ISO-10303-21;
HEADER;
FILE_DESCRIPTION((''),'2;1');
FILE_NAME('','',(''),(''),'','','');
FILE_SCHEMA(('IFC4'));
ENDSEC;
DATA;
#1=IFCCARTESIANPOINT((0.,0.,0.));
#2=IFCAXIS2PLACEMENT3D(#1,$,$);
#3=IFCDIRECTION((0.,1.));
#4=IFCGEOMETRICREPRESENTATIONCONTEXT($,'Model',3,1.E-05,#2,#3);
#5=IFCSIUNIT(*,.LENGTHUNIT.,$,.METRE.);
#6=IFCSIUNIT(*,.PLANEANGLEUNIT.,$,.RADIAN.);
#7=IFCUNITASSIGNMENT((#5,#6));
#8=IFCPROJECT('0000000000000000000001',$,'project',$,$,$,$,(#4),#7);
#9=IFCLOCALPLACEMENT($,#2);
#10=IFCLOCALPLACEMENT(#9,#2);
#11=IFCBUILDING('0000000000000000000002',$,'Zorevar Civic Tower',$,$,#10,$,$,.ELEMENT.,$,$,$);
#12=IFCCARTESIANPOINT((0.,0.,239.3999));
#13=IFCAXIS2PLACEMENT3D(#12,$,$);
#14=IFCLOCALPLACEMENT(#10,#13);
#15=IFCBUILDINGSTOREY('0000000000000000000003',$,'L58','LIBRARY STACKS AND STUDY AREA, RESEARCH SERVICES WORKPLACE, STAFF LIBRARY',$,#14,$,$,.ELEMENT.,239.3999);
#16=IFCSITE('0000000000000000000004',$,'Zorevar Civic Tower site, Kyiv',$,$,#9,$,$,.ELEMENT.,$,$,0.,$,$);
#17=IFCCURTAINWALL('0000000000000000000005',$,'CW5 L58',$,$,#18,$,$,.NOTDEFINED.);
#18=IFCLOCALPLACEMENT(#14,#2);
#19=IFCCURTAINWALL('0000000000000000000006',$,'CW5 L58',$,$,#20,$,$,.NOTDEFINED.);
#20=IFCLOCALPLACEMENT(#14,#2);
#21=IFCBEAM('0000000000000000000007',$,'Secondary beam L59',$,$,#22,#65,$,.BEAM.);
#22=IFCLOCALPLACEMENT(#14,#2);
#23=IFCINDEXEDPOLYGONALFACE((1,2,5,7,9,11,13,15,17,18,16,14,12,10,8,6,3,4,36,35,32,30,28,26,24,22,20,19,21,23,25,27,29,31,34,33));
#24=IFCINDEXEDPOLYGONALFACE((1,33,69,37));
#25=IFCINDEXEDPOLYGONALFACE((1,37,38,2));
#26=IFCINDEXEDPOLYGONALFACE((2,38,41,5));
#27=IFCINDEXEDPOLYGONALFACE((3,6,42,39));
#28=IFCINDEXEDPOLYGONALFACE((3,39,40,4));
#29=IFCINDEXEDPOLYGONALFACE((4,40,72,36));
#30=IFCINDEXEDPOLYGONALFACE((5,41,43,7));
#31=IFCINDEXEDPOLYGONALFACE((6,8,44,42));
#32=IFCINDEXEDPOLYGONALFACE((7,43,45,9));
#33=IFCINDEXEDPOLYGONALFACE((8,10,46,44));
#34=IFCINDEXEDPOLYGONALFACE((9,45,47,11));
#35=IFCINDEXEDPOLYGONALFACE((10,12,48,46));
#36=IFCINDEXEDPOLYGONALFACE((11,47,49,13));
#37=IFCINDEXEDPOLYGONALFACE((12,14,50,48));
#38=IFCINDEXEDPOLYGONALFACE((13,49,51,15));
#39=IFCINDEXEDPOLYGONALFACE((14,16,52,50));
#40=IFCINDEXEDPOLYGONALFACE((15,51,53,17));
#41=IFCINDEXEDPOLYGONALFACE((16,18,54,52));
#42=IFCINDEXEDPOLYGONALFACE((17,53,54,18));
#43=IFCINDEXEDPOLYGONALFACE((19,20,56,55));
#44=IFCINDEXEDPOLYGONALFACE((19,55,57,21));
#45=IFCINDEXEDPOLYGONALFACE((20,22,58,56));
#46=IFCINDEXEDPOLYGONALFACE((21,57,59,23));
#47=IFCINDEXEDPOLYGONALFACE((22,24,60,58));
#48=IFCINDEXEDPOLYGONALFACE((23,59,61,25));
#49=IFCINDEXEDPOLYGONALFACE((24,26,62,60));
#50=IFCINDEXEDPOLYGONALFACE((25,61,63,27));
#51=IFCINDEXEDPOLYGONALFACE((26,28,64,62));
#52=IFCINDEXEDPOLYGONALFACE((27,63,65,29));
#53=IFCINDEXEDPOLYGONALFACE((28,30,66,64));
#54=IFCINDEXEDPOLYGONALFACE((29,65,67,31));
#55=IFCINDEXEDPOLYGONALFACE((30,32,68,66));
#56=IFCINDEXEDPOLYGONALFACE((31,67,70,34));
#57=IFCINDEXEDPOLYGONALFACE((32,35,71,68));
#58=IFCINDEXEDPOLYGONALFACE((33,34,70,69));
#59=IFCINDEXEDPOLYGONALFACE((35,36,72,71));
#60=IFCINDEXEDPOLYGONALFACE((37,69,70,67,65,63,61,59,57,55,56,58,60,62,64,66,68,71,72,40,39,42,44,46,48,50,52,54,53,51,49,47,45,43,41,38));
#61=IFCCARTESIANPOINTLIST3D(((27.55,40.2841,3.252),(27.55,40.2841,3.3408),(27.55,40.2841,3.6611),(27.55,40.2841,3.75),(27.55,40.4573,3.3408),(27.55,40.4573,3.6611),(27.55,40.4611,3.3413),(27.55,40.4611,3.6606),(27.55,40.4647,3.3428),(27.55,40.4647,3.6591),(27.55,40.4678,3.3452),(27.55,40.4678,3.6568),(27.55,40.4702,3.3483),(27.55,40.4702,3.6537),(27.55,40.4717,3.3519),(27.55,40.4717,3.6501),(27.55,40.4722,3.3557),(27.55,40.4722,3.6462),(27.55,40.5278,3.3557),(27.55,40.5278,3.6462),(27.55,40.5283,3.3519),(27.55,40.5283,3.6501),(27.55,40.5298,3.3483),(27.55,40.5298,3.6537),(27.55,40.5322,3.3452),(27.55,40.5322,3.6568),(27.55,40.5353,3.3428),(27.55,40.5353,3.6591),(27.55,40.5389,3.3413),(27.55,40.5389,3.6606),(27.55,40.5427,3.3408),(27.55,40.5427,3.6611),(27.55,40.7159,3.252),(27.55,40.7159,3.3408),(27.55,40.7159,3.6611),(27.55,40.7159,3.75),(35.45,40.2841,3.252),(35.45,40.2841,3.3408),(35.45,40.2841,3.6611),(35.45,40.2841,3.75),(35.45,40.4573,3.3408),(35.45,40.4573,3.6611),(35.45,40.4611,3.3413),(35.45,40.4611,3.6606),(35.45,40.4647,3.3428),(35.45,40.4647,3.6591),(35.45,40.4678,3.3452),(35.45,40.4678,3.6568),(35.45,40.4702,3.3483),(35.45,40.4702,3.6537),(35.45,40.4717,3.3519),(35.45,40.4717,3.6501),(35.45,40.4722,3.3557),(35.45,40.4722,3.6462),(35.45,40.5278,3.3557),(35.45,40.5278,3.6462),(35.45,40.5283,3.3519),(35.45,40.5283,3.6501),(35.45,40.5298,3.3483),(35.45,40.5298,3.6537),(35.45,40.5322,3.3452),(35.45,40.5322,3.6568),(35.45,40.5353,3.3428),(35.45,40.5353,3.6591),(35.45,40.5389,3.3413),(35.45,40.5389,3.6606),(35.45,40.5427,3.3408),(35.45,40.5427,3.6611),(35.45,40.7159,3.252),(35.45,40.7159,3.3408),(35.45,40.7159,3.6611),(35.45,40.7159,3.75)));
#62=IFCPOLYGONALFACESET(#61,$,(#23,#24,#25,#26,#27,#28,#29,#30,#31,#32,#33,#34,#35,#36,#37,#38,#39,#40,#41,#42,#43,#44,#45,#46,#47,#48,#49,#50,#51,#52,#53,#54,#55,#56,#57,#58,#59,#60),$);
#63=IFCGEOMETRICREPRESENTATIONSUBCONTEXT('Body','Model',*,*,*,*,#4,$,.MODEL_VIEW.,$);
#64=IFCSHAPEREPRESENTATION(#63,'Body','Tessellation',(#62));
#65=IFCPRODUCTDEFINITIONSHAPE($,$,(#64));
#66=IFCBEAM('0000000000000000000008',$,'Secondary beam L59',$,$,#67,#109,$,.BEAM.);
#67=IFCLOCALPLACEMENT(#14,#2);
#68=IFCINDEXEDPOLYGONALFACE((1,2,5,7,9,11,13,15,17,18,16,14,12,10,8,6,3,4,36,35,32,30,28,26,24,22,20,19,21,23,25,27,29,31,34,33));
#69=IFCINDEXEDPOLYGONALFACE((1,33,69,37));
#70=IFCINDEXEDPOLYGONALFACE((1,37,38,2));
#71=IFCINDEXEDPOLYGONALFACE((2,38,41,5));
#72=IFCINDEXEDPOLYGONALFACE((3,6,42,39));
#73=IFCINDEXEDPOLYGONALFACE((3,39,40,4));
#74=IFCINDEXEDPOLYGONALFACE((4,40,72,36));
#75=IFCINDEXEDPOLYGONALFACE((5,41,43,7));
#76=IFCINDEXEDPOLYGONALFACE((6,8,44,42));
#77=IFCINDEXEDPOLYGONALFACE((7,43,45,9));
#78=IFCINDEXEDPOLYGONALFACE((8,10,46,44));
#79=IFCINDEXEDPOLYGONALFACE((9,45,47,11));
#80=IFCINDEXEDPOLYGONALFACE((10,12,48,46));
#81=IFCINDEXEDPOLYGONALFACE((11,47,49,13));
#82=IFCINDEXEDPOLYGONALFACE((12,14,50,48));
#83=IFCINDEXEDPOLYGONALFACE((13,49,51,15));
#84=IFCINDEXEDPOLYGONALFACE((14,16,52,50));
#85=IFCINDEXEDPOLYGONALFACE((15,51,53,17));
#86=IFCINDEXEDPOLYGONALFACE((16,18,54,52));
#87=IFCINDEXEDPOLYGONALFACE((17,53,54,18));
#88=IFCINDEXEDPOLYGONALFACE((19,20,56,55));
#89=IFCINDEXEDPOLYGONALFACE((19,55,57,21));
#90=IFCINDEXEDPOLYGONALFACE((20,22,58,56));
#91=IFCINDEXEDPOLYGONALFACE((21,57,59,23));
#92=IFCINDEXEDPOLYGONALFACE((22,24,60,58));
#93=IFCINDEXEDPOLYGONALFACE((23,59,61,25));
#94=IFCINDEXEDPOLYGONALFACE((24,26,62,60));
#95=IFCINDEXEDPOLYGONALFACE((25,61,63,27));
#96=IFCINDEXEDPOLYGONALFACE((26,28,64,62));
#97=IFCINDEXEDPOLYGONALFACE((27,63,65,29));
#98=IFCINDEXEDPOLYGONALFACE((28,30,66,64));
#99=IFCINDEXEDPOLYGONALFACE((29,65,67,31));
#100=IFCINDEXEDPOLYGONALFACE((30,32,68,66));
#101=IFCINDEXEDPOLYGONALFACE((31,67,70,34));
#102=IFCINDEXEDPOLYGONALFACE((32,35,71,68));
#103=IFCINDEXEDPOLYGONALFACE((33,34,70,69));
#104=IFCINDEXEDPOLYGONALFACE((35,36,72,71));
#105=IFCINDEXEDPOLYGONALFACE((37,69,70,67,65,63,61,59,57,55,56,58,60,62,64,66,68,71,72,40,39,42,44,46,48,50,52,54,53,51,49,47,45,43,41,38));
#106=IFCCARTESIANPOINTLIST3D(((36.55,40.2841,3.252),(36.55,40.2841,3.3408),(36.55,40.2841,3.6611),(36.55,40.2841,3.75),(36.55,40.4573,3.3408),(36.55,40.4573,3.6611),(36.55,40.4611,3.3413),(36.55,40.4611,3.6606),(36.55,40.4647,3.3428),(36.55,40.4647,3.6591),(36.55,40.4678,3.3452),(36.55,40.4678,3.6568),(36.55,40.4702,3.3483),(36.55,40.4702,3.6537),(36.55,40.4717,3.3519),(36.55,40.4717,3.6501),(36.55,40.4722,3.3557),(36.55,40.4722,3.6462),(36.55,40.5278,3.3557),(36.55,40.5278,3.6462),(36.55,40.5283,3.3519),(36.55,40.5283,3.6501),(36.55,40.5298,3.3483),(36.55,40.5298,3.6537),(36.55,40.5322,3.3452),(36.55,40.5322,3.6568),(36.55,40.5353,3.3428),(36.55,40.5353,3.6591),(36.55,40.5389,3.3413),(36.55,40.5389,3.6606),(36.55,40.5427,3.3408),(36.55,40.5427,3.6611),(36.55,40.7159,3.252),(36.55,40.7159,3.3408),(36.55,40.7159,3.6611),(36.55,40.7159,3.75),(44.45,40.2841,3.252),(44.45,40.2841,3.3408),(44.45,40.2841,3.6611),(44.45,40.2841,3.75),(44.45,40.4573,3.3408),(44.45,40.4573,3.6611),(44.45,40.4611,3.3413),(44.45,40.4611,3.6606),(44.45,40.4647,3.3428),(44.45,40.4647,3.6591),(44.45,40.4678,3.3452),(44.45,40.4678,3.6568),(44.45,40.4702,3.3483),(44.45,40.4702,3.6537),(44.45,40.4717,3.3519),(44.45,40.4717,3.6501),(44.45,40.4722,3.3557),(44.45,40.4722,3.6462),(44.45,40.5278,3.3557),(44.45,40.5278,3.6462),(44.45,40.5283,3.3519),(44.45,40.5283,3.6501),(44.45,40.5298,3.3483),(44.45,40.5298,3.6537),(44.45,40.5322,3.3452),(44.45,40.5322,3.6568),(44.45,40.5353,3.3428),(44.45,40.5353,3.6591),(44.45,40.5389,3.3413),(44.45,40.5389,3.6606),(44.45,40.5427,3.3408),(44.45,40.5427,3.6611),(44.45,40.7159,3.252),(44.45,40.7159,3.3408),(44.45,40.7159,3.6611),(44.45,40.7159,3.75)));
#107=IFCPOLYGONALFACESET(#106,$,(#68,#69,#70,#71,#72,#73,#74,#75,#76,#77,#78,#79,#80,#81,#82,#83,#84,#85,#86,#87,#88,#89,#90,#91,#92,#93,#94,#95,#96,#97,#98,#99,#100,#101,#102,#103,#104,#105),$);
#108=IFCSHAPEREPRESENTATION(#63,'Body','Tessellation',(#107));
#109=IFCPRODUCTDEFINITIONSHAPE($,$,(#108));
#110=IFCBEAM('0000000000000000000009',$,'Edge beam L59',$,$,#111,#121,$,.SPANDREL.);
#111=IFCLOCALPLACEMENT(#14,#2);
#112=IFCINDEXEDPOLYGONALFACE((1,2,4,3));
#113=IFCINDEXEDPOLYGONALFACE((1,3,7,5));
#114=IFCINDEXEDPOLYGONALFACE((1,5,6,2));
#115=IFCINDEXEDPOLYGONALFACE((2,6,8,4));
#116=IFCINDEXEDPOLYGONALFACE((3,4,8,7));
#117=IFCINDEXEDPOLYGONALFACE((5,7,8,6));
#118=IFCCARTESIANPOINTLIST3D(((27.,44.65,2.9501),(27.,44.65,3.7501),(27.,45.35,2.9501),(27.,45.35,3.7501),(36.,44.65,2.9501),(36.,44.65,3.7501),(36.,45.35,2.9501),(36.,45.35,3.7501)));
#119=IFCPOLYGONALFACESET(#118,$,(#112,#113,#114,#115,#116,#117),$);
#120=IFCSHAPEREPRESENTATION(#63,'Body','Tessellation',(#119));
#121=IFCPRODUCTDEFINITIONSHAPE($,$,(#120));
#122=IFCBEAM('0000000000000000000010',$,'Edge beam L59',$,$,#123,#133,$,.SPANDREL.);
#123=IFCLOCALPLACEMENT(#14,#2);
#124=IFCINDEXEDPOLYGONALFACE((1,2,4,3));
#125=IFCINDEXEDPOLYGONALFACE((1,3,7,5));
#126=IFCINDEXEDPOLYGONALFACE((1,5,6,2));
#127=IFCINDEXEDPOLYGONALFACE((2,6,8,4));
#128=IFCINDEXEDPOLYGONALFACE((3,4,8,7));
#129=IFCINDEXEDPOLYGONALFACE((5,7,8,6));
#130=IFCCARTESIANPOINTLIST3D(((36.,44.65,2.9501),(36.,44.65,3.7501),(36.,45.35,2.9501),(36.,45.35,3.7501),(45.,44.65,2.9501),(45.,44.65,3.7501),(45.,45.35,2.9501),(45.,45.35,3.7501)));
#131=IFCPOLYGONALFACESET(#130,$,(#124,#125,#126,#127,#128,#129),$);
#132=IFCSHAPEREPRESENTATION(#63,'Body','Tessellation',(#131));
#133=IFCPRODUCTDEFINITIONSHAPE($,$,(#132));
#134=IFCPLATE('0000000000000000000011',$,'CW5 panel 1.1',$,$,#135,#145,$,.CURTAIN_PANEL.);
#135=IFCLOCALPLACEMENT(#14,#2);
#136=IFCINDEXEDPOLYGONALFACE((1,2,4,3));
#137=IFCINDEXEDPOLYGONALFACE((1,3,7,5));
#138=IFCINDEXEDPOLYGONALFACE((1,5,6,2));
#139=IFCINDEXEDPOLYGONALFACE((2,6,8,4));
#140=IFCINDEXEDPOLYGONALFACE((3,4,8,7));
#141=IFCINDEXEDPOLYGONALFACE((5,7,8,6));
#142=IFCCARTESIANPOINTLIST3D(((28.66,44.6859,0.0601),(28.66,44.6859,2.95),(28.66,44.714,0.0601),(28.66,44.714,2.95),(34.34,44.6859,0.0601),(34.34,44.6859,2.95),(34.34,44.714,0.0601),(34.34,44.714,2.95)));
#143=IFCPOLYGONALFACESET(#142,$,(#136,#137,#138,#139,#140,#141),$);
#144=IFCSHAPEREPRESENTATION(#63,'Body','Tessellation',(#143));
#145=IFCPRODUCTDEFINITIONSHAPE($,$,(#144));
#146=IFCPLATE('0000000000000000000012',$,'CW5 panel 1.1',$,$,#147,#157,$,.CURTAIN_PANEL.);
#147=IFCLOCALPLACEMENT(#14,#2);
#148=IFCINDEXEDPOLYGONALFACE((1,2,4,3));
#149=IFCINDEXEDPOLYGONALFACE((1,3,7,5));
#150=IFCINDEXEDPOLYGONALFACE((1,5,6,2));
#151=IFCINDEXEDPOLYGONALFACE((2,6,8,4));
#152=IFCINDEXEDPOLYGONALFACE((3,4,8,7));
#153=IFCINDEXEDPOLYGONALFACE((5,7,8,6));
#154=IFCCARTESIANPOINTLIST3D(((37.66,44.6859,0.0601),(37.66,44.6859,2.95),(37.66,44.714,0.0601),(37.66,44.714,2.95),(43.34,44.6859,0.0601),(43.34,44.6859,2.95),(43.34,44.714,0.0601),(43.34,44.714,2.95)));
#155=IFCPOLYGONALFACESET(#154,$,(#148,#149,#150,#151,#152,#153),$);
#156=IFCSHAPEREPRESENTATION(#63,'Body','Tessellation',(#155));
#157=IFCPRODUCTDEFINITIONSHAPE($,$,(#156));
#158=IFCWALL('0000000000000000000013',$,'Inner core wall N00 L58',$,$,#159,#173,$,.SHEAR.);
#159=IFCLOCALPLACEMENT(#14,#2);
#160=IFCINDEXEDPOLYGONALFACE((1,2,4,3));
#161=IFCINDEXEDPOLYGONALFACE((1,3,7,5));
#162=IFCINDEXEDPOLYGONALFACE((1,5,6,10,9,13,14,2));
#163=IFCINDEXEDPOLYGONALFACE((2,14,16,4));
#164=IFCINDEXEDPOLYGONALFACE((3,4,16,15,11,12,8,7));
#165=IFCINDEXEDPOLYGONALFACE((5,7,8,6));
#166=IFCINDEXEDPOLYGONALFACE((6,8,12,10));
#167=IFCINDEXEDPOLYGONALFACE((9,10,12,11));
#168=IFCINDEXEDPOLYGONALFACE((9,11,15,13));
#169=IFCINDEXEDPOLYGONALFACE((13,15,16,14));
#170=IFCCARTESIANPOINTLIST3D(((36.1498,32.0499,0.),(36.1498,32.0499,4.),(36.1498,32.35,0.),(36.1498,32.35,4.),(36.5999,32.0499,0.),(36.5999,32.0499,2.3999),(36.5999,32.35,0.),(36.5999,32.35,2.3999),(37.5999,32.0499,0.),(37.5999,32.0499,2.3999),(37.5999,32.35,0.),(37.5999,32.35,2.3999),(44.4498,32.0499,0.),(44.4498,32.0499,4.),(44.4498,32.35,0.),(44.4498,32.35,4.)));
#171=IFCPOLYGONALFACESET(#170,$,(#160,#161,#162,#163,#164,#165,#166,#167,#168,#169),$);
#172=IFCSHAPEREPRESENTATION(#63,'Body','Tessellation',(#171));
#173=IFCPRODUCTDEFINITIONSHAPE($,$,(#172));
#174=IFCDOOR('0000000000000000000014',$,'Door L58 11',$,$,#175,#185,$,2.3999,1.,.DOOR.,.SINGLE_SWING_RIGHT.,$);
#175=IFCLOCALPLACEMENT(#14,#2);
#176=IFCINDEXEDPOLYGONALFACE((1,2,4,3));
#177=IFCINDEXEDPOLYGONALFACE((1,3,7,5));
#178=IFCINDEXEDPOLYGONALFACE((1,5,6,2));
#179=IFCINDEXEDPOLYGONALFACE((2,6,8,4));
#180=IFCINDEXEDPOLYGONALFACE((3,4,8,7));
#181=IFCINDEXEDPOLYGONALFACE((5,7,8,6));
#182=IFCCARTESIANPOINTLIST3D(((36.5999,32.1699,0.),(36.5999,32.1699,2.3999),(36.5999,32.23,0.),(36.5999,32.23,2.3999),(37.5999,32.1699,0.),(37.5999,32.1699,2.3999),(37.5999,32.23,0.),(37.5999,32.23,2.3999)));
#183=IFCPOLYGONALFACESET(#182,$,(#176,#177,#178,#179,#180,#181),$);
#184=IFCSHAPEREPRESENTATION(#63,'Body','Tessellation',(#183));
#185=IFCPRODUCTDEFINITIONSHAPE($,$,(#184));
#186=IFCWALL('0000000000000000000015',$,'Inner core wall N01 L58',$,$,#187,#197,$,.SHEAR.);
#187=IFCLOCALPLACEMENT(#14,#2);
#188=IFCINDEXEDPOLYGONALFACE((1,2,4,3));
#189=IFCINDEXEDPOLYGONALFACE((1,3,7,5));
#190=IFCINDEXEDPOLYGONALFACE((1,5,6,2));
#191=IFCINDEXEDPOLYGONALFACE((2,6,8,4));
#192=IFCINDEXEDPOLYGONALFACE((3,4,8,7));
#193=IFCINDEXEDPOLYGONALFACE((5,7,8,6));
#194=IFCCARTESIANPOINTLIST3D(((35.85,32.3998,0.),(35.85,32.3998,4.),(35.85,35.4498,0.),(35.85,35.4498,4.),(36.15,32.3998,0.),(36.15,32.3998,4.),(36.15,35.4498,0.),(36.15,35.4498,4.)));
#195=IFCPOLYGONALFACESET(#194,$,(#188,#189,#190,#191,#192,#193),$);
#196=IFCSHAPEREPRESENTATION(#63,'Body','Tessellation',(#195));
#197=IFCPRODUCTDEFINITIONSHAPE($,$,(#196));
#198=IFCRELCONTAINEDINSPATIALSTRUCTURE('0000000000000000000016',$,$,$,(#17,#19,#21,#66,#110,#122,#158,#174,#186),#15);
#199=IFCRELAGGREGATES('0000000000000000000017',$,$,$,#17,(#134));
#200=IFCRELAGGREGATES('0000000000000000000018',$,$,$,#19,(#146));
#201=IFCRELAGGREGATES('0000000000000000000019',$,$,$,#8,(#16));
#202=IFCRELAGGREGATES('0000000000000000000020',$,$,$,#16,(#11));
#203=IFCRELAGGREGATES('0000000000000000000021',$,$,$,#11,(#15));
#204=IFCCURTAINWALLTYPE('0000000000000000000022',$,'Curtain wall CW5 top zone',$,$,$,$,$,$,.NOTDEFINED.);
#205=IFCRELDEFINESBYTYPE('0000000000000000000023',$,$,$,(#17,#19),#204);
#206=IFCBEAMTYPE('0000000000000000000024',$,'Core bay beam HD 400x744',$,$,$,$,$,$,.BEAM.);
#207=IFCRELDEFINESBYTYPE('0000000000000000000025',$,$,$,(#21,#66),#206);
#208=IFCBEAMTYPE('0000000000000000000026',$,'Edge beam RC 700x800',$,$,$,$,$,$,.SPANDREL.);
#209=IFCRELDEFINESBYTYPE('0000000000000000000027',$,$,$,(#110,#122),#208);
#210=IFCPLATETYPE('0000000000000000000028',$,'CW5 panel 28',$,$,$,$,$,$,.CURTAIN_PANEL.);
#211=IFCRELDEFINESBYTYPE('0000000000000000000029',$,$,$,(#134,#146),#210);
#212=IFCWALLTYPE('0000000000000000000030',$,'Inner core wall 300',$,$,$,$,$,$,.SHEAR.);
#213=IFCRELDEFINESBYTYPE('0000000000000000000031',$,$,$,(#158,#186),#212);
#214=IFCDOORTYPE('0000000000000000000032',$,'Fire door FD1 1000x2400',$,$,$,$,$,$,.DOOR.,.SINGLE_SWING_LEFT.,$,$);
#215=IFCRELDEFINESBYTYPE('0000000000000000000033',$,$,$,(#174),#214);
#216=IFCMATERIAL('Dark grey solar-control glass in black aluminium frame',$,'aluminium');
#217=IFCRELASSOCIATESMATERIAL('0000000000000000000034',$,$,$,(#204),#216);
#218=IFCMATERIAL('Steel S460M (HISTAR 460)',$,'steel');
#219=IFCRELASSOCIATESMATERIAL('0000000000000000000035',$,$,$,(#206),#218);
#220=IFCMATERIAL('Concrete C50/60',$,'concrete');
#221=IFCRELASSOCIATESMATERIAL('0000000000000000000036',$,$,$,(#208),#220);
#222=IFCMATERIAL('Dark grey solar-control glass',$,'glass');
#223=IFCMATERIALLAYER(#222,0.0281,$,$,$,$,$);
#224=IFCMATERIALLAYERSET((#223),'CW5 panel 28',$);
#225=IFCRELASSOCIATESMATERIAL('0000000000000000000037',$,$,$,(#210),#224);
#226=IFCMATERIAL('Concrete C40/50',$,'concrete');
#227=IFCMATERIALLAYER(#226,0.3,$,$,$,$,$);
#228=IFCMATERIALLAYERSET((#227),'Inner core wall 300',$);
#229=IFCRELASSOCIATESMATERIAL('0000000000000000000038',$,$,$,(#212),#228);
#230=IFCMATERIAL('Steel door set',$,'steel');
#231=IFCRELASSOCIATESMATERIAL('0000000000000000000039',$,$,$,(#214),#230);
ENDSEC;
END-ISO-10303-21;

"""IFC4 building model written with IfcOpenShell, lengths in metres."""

from ifc_helpers import new_model, si_unit, direction, frame, frame_2d, origin, origin_2d, place, context, subcontext, project, spatial, rectangle, i_section, extrude, material, layer, layer_set, material_profile, profile_set, type_object, element, fill, aggregate, save


model = new_model("IFC4")

# Units and contexts
model_context = context("Model", 3, precision=1e-05, world=origin(), true_north=direction((0.0, 1.0)))
body_context = subcontext(model_context, "Body", "Model", "MODEL_VIEW")
ifc_project = project(units=[si_unit("LENGTHUNIT", "METRE"), si_unit("PLANEANGLEUNIT", "RADIAN")], contexts=[model_context])

# Site, building, storey
site_placement = place(None, origin())
site = spatial("IfcSite", under=ifc_project, at=site_placement, Name="Zorevar Civic Tower site, Kyiv", CompositionType="ELEMENT", RefElevation=0.0)
building_placement = place(site_placement, origin())
building = spatial("IfcBuilding", under=site, at=building_placement, Name="Zorevar Civic Tower", CompositionType="ELEMENT")
storey_placement = place(building_placement, frame((0.0, 0.0, 239.3999)))
storey = spatial("IfcBuildingStorey", under=building, at=storey_placement, Name="L58", Description="LIBRARY STACKS AND STUDY AREA, RESEARCH SERVICES WORKPLACE, STAFF LIBRARY", CompositionType="ELEMENT", Elevation=239.3999)

# Curtain walls
ifc_material_1 = material(Name="Dark grey solar-control glass in black aluminium frame", Category="aluminium")
curtain_wall_type = type_object("IfcCurtainWallType", Name="Curtain wall CW5 top zone", PredefinedType="NOTDEFINED", material=ifc_material_1)
curtain_wall_1_placement = place(storey_placement, origin())
curtain_wall_1 = element("IfcCurtainWall", 1, at=curtain_wall_1_placement, inside=storey, type_object=curtain_wall_type, Name="CW5 L58", PredefinedType="NOTDEFINED")
curtain_wall_2_placement = place(storey_placement, origin())
curtain_wall_2 = element("IfcCurtainWall", 2, at=curtain_wall_2_placement, inside=storey, type_object=curtain_wall_type, Name="CW5 L58", PredefinedType="NOTDEFINED")

# Beams
ifc_material_2 = material(Name="Steel S460M (HISTAR 460)", Category="steel")
ifc_material_profile_1 = material_profile(ifc_material_2, i_section(OverallWidth=0.4319, OverallDepth=0.498, WebThickness=0.0557, FlangeThickness=0.0889, FilletRadius=0.0149, at=origin_2d()), Name="HD 400x744")
ifc_profile_set_1 = profile_set([ifc_material_profile_1], Name="Steel S460M (HISTAR 460)")
beam_type_1 = type_object("IfcBeamType", Name="Core bay beam HD 400x744", PredefinedType="BEAM", material=ifc_profile_set_1)
for number, where, z_axis, x_axis, name in (
    (3, (27.55, 40.5, 3.501), (1.0, 0.0, 0.0), (0.0, 1.0, 0.0), "Secondary beam L59"),
    (4, (36.55, 40.5, 3.501), (1.0, 0.0, 0.0), (0.0, 1.0, 0.0), "Secondary beam L59"),
):
    element("IfcBeam", number, at=place(storey_placement, frame(where, z_axis=z_axis, x_axis=x_axis)), inside=storey, type_object=beam_type_1, Name=name, PredefinedType="BEAM", context=body_context, shape_type="SweptSolid", body=[
        extrude(i_section(OverallWidth=0.4319, OverallDepth=0.498, WebThickness=0.0557, FlangeThickness=0.0889, FilletRadius=0.0149, at=origin_2d()), origin(), (0.0, 0.0, 1.0), 7.8999),
    ])
ifc_material_3 = material(Name="Concrete C50/60", Category="concrete")
ifc_material_profile_2 = material_profile(ifc_material_3, rectangle(XDim=0.7, YDim=0.8, at=origin_2d()), Name="RC 700x800")
ifc_profile_set_2 = profile_set([ifc_material_profile_2], Name="Concrete C50/60")
beam_type_2 = type_object("IfcBeamType", Name="Edge beam RC 700x800", PredefinedType="SPANDREL", material=ifc_profile_set_2)
for number, where, z_axis, x_axis, name in (
    (5, (27.0, 45.0, 3.3501), (1.0, 0.0, 0.0), (0.0, 1.0, 0.0), "Edge beam L59"),
    (6, (36.0, 45.0, 3.3501), (1.0, 0.0, 0.0), (0.0, 1.0, 0.0), "Edge beam L59"),
):
    element("IfcBeam", number, at=place(storey_placement, frame(where, z_axis=z_axis, x_axis=x_axis)), inside=storey, type_object=beam_type_2, Name=name, PredefinedType="SPANDREL", context=body_context, shape_type="SweptSolid", body=[
        extrude(rectangle(XDim=0.7, YDim=0.8, at=origin_2d()), origin(), (0.0, 0.0, 1.0), 9.0),
    ])

# Plates
ifc_material_4 = material(Name="Dark grey solar-control glass", Category="glass")
ifc_layer_1 = layer(ifc_material_4, 0.0281)
ifc_layer_set_1 = layer_set([ifc_layer_1], Name="CW5 panel 28")
plate_type = type_object("IfcPlateType", Name="CW5 panel 28", PredefinedType="CURTAIN_PANEL", material=ifc_layer_set_1)
plate_1_placement = place(storey_placement, frame((31.5, 44.7, 0.0601), z_axis=(0.0, 0.0, 1.0), x_axis=(1.0, 0.0, 0.0)))
plate_1 = element("IfcPlate", 7, at=plate_1_placement, type_object=plate_type, Name="CW5 panel 1.1", PredefinedType="CURTAIN_PANEL", context=body_context, shape_type="SweptSolid", body=[
    extrude(rectangle(XDim=5.6799, YDim=0.0281, at=origin_2d()), origin(), (0.0, 0.0, 1.0), 2.8899),
])
aggregate(curtain_wall_1, [plate_1])
plate_2_placement = place(storey_placement, frame((40.5, 44.7, 0.0601), z_axis=(0.0, 0.0, 1.0), x_axis=(1.0, 0.0, 0.0)))
plate_2 = element("IfcPlate", 8, at=plate_2_placement, type_object=plate_type, Name="CW5 panel 1.1", PredefinedType="CURTAIN_PANEL", context=body_context, shape_type="SweptSolid", body=[
    extrude(rectangle(XDim=5.6799, YDim=0.0281, at=origin_2d()), origin(), (0.0, 0.0, 1.0), 2.8899),
])
aggregate(curtain_wall_2, [plate_2])

# Wall, opening, door
ifc_material_5 = material(Name="Concrete C40/50", Category="concrete")
ifc_layer_2 = layer(ifc_material_5, 0.3)
ifc_layer_set_2 = layer_set([ifc_layer_2], Name="Inner core wall 300")
wall_type_1 = type_object("IfcWallType", Name="Inner core wall 300", PredefinedType="SHEAR", material=ifc_layer_set_2)
wall_1_placement = place(storey_placement, frame((36.1499, 32.2, 0.0), z_axis=(0.0, 0.0, 1.0), x_axis=(1.0, 0.0, 0.0)))
wall_1 = element("IfcWall", 9, at=wall_1_placement, inside=storey, type_object=wall_type_1, Name="Inner core wall N00 L58", PredefinedType="SHEAR", context=body_context, shape_type="SweptSolid", body=[
    extrude(rectangle(XDim=8.3, YDim=0.3, at=frame_2d((4.1499, 0.0))), origin(), (0.0, 0.0, 1.0), 4.0),
])
opening_1_placement = place(wall_1_placement, frame((0.45, 0.0, 0.0)))
opening_1 = element("IfcOpeningElement", 10, at=opening_1_placement, cuts=wall_1, PredefinedType="OPENING", context=body_context, shape_type="SweptSolid", body=[
    extrude(rectangle(XDim=1.0, YDim=2.3999, at=frame_2d((0.5, 1.2))), frame((0.0, 0.1599, 0.0), z_axis=(0.0, -1.0, 0.0), x_axis=(1.0, 0.0, 0.0)), (0.0, 0.0, 1.0), 0.3201),
])
ifc_material_6 = material(Name="Steel door set", Category="steel")
door_type_1 = type_object("IfcDoorType", Name="Fire door FD1 1000x2400", OperationType="SINGLE_SWING_LEFT", PredefinedType="DOOR", material=ifc_material_6)
door_1_placement = place(opening_1_placement, origin())
door_1 = element("IfcDoor", 11, at=door_1_placement, inside=storey, type_object=door_type_1, Name="Door L58 11", OperationType="SINGLE_SWING_RIGHT", OverallHeight=2.3999, OverallWidth=1.0, PredefinedType="DOOR", context=body_context, shape_type="SweptSolid", body=[
    extrude(rectangle(XDim=1.0, YDim=2.3999, at=frame_2d((0.5, 1.2))), frame((0.0, 0.03, 0.0), z_axis=(0.0, -1.0, 0.0), x_axis=(1.0, 0.0, 0.0)), (0.0, 0.0, 1.0), 0.0601),
])
fill(opening_1, door_1)

# Wall
wall_2_placement = place(storey_placement, frame((36.0, 32.3999, 0.0), z_axis=(0.0, 0.0, 1.0), x_axis=(0.0, 1.0, 0.0)))
element("IfcWall", 12, at=wall_2_placement, inside=storey, type_object=wall_type_1, Name="Inner core wall N01 L58", PredefinedType="SHEAR", context=body_context, shape_type="SweptSolid", body=[
    extrude(rectangle(XDim=3.05, YDim=0.3, at=frame_2d((1.5249, 0.0))), origin(), (0.0, 0.0, 1.0), 4.0),
])

save(model, "model.ifc")
